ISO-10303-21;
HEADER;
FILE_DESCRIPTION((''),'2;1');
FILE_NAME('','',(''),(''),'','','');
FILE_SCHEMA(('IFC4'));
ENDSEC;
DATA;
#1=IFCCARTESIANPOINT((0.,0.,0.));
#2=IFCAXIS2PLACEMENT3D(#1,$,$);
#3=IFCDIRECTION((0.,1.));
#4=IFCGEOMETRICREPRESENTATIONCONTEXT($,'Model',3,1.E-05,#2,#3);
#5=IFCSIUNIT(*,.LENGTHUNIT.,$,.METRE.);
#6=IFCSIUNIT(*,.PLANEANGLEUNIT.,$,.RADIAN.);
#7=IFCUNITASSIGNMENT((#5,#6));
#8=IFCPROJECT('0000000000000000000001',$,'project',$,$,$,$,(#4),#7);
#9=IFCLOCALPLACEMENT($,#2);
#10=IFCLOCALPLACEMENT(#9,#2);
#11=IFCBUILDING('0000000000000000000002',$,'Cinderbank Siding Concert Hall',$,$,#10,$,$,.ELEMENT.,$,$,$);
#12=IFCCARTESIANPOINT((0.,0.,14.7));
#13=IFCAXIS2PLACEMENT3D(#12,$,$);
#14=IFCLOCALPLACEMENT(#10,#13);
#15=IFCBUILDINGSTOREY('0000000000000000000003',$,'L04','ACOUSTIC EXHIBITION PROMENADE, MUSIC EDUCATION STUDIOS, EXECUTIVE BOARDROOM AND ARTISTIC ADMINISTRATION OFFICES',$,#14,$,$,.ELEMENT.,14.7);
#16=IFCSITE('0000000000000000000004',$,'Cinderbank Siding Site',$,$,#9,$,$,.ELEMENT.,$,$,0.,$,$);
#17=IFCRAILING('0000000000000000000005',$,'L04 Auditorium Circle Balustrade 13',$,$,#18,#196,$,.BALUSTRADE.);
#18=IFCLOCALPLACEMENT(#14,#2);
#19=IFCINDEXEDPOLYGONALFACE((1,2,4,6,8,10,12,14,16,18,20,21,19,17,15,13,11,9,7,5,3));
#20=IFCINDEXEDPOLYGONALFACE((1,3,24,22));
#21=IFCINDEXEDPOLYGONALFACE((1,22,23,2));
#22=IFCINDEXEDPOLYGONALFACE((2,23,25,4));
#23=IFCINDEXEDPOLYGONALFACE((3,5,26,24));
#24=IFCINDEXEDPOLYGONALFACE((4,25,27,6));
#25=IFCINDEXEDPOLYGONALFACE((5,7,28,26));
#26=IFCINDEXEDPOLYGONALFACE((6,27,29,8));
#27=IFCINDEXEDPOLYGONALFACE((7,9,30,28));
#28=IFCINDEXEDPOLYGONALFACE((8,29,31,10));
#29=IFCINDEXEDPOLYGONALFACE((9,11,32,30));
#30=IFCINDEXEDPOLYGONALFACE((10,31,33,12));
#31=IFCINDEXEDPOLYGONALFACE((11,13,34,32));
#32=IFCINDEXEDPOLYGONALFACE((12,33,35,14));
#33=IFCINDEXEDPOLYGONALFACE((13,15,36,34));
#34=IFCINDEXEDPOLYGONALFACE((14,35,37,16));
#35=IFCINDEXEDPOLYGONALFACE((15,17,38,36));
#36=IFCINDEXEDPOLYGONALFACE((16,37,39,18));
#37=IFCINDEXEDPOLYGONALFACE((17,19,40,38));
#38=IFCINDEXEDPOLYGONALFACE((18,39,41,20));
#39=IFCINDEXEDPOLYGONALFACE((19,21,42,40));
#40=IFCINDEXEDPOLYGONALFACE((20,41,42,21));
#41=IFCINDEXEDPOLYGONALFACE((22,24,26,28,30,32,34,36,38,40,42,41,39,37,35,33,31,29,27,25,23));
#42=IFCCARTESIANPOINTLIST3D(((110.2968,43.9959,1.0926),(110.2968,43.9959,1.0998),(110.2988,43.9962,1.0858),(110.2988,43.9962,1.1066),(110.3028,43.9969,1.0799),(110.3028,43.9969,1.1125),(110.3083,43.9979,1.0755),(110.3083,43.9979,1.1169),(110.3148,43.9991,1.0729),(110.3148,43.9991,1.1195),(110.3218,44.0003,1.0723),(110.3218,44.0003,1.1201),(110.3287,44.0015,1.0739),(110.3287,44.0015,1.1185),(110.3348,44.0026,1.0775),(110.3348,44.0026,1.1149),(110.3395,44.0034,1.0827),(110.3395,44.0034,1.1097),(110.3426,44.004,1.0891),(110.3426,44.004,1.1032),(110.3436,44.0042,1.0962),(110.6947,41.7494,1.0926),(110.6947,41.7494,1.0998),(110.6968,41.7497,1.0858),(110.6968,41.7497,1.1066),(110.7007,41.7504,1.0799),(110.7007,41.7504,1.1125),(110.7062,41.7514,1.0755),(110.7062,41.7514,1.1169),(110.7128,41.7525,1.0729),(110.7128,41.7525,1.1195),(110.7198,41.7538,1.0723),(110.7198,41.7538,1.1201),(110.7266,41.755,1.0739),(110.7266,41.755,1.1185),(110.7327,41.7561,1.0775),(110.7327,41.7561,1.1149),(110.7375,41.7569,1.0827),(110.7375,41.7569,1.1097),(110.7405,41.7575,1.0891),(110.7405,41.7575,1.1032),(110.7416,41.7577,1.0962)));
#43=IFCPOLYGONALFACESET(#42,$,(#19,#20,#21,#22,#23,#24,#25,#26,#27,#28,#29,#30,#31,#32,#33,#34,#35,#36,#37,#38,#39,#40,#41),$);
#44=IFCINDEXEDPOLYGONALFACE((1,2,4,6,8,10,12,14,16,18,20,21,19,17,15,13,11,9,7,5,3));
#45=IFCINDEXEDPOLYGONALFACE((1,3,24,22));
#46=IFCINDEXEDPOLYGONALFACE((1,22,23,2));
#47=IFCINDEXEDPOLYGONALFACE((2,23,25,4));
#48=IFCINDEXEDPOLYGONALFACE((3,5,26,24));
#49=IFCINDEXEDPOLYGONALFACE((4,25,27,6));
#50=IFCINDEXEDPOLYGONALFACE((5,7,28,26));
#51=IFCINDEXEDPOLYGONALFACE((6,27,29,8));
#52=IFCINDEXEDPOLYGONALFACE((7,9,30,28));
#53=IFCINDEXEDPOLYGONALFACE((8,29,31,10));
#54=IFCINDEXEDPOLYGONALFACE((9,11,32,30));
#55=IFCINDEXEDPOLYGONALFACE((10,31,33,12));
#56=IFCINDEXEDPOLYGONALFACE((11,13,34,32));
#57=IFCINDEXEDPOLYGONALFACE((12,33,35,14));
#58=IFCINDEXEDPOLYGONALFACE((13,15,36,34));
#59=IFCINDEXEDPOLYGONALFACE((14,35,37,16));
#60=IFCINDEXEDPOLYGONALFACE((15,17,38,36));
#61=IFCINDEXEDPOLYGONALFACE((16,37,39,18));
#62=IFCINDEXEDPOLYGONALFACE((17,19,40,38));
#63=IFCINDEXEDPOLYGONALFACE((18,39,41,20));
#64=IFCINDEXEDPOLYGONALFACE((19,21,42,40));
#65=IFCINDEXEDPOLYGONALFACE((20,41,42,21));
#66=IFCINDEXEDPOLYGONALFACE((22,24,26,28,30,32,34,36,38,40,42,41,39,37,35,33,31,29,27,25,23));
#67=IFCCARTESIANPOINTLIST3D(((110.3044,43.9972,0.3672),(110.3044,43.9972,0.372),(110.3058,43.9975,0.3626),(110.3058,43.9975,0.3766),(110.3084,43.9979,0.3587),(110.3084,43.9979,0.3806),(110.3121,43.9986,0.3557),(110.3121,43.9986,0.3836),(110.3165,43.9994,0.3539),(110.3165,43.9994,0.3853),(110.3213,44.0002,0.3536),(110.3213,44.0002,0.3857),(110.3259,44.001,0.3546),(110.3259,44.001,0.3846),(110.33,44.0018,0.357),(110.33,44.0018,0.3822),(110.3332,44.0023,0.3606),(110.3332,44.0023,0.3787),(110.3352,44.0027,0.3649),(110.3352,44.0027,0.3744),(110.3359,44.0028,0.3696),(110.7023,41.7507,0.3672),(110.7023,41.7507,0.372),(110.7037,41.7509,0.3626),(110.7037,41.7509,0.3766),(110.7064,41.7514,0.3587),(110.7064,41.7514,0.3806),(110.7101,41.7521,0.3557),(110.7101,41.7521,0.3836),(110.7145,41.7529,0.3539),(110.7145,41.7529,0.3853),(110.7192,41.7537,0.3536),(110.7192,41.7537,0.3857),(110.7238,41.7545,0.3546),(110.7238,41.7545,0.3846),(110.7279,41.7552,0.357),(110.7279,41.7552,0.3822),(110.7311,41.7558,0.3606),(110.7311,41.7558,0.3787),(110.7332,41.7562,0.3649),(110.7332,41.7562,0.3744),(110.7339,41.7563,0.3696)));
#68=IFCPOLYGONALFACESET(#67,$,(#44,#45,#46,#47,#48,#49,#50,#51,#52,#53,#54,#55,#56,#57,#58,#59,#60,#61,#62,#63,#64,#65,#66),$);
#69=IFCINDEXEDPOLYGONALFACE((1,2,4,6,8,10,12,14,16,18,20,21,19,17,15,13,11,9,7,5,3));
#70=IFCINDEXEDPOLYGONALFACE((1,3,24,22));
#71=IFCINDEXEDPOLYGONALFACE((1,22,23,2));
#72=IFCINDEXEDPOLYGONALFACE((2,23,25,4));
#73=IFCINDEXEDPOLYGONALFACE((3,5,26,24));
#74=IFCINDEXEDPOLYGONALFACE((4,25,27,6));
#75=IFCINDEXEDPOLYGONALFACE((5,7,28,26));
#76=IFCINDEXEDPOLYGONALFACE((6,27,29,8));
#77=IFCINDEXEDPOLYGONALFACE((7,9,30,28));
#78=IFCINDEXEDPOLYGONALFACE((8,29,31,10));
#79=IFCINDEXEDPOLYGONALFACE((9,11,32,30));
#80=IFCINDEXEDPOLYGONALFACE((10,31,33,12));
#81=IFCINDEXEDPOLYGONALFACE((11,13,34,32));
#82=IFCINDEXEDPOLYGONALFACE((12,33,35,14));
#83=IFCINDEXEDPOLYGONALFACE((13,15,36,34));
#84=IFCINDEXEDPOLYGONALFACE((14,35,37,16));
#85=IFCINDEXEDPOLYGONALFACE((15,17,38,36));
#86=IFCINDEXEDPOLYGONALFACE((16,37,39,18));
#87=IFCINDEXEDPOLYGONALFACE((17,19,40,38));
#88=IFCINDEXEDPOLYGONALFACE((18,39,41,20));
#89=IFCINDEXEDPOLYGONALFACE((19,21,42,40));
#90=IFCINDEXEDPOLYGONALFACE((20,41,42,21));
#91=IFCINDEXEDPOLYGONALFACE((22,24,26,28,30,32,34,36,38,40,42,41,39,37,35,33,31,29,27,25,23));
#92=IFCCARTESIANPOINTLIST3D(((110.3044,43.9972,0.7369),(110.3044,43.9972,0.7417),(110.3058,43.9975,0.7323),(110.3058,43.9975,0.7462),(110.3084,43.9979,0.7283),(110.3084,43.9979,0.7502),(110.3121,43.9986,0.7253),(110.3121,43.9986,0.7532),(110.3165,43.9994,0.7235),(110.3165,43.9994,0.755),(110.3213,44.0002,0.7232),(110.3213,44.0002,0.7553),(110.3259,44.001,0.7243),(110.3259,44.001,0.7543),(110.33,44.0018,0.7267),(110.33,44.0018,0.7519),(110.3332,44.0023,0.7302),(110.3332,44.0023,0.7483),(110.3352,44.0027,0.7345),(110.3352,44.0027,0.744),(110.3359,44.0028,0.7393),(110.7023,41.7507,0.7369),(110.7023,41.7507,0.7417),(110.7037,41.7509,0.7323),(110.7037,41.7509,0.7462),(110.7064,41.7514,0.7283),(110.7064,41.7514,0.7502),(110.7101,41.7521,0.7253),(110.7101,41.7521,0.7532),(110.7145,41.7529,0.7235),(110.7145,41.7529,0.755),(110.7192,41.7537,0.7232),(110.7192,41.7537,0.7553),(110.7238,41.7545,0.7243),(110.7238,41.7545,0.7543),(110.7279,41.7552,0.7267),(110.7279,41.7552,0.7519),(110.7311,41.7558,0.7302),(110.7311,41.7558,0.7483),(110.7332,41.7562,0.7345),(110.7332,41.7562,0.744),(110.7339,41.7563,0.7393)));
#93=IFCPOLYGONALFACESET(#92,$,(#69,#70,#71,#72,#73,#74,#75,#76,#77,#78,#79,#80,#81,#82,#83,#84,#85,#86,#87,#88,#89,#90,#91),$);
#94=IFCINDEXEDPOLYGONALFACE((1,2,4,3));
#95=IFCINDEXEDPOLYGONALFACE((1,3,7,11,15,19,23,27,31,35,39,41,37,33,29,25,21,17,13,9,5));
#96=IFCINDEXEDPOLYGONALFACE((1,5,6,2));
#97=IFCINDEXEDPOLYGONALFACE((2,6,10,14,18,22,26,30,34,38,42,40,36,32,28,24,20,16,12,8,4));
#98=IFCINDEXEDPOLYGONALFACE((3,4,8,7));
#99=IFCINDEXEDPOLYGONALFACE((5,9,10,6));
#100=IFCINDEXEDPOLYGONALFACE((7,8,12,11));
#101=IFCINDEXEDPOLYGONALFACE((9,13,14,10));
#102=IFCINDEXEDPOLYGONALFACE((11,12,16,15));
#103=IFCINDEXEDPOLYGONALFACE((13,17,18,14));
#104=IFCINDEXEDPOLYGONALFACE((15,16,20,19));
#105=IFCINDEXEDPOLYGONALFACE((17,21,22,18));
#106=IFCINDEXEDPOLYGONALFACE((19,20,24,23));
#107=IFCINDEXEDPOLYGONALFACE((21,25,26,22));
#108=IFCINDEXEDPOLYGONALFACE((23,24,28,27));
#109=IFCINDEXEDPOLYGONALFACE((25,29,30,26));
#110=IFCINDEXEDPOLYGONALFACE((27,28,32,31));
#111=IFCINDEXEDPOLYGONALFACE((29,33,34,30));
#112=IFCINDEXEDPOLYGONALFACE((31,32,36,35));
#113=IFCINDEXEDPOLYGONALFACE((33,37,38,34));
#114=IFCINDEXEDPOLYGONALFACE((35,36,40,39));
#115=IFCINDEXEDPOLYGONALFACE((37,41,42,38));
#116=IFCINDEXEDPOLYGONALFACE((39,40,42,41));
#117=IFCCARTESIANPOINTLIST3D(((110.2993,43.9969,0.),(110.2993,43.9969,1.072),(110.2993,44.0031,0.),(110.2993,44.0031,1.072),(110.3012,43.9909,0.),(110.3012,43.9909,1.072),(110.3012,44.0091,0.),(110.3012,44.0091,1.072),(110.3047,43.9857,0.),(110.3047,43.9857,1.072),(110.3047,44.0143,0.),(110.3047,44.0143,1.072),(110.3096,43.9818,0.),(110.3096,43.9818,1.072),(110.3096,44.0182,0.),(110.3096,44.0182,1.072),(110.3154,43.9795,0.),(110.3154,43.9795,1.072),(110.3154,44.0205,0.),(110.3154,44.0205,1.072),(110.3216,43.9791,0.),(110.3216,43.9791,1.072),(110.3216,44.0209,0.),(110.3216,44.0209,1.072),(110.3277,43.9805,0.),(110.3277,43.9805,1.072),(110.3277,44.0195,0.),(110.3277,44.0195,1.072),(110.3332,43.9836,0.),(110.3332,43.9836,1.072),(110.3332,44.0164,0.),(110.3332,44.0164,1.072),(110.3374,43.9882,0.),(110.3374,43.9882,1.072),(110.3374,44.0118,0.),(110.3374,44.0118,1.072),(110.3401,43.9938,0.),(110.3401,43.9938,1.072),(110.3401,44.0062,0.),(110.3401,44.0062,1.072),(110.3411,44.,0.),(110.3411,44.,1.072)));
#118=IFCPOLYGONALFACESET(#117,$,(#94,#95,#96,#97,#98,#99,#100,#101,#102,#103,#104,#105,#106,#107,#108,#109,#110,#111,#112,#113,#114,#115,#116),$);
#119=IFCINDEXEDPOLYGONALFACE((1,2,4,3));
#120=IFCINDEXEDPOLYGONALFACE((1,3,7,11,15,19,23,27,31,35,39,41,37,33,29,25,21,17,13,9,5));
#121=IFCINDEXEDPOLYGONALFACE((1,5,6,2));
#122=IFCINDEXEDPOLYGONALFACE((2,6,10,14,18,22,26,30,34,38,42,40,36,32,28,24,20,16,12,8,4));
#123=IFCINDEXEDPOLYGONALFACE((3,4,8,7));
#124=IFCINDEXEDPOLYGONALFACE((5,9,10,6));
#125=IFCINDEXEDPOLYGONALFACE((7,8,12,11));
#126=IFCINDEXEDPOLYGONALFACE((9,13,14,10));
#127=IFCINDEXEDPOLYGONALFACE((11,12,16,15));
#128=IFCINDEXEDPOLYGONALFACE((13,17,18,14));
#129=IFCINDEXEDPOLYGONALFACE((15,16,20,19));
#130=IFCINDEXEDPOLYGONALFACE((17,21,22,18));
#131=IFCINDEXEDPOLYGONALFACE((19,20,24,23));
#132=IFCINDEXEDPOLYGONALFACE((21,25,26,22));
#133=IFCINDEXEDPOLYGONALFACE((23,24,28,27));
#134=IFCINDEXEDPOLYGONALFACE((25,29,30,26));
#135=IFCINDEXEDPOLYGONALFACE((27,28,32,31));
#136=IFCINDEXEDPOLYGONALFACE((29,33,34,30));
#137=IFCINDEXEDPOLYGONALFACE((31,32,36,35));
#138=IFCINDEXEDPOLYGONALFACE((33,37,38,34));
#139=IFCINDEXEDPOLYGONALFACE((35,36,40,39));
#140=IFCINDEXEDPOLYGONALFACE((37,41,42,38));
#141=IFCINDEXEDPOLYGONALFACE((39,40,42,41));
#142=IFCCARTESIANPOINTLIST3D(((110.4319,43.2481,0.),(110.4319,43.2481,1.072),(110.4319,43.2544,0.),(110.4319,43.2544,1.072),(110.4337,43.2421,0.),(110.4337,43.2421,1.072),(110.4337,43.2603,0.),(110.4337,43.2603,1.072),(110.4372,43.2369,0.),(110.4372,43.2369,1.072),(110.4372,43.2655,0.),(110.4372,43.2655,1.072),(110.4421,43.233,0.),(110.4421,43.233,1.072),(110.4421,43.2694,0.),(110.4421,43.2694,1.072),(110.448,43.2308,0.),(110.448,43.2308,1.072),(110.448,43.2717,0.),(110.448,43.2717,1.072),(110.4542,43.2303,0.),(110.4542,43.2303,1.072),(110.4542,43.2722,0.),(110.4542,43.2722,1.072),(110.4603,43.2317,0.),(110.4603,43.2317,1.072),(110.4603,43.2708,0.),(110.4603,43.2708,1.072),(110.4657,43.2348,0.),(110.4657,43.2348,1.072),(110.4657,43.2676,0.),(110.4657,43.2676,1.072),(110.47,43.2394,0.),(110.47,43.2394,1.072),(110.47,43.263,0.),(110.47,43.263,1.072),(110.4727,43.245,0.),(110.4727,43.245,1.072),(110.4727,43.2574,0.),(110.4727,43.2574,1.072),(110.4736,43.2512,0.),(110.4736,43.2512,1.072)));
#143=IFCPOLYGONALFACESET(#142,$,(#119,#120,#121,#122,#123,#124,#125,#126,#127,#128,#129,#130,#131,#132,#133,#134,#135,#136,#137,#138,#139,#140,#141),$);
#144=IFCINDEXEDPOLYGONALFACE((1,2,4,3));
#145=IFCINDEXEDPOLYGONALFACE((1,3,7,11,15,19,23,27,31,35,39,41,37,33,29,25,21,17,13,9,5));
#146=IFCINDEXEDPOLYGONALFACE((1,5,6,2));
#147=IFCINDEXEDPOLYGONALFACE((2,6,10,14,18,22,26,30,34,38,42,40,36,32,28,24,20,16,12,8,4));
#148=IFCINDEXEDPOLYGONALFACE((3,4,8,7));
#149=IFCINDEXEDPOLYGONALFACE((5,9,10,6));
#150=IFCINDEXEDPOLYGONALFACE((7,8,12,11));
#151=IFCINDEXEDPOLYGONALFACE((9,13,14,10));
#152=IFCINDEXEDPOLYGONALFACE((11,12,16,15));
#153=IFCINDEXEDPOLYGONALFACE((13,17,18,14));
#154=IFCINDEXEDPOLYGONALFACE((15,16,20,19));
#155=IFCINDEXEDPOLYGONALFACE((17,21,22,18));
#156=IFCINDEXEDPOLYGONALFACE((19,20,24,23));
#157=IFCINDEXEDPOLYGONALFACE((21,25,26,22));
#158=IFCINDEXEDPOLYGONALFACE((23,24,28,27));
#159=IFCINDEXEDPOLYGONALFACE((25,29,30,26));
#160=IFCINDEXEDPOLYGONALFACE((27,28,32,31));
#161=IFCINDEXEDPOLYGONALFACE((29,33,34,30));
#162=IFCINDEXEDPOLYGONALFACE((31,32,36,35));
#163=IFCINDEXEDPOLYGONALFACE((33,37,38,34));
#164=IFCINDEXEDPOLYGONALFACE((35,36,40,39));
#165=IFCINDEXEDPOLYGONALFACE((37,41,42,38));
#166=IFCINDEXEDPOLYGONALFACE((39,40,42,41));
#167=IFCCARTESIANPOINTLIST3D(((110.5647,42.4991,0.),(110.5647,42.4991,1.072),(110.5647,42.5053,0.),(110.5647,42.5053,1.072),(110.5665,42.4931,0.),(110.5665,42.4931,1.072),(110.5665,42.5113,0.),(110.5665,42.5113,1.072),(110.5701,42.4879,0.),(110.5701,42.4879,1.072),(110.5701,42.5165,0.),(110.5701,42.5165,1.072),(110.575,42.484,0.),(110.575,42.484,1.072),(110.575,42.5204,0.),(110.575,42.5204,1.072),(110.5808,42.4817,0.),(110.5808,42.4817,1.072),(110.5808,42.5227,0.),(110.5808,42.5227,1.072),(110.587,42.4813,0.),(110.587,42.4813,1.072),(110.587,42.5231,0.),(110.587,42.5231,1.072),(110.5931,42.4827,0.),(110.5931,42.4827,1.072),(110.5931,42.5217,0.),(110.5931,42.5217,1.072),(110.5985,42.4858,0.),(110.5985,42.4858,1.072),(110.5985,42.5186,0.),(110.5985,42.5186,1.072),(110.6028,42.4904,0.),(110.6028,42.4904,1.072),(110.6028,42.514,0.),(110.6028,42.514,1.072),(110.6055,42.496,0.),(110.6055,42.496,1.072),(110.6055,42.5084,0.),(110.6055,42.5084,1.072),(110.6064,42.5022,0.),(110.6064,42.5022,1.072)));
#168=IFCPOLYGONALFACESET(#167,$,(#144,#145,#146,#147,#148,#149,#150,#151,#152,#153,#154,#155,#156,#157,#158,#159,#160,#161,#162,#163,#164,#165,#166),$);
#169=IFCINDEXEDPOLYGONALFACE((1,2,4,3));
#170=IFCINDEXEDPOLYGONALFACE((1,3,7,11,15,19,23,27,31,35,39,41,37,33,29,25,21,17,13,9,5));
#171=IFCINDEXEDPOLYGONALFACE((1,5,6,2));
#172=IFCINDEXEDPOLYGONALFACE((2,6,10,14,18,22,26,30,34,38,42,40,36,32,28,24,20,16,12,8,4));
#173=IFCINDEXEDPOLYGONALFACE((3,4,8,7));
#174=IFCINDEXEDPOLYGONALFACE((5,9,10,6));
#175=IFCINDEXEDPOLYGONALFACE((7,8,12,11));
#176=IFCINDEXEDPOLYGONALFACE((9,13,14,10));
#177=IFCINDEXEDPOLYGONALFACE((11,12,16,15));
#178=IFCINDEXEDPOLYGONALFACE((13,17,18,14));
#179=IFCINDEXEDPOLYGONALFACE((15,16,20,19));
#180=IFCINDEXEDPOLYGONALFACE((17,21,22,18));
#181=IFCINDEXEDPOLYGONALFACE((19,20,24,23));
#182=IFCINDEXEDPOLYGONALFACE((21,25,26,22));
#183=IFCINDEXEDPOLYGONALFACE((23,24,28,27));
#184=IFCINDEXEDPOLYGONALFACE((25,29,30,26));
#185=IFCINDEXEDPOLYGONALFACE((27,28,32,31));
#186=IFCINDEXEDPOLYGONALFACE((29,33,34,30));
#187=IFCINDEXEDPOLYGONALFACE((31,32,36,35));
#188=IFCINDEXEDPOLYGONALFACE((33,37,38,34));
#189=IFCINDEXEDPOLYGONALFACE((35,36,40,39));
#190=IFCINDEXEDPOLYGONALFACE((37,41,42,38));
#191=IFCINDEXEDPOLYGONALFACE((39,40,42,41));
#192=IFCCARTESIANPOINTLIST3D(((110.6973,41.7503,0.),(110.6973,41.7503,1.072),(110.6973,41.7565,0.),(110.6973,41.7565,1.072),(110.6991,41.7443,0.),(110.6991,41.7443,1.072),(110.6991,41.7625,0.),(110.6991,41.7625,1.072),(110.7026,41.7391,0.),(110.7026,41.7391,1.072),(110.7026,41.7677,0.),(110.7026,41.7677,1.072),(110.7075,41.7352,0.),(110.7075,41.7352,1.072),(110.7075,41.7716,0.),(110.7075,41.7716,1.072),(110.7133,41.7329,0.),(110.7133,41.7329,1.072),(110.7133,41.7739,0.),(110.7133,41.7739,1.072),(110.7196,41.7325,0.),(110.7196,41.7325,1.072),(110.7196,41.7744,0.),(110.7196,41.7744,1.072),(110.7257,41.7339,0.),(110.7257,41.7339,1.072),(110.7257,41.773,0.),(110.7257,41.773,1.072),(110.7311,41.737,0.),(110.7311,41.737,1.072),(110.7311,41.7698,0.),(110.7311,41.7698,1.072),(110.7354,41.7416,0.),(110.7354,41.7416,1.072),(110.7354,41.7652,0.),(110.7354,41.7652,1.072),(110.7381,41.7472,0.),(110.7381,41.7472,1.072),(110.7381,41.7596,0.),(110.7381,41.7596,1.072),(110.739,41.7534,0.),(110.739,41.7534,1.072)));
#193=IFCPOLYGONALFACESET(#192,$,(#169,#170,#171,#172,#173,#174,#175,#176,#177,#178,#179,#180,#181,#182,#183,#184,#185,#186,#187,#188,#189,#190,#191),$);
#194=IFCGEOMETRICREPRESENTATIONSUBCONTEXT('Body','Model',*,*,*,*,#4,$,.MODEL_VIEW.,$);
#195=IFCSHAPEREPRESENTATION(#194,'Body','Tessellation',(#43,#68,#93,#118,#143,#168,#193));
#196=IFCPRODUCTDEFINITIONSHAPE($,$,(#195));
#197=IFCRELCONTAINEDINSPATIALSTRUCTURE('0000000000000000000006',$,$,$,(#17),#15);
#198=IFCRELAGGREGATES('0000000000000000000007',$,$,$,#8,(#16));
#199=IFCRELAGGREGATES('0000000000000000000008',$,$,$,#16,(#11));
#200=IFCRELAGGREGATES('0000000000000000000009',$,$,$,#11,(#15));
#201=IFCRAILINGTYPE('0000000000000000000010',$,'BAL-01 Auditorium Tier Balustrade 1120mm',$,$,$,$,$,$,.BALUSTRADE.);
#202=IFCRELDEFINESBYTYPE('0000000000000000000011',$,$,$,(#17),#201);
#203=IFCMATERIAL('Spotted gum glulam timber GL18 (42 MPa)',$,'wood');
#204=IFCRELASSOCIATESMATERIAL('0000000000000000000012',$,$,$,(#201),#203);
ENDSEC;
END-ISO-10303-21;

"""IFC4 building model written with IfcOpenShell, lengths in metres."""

from ifc_helpers import new_model, si_unit, direction, frame, origin, origin_2d, place, context, subcontext, project, spatial, circle, extrude, material, type_object, element, save


model = new_model("IFC4")

# Units and contexts
model_context = context("Model", 3, precision=1e-05, world=origin(), true_north=direction((0.0, 1.0)))
body_context = subcontext(model_context, "Body", "Model", "MODEL_VIEW")
ifc_project = project(units=[si_unit("LENGTHUNIT", "METRE"), si_unit("PLANEANGLEUNIT", "RADIAN")], contexts=[model_context])

# Site, building, storey
site_placement = place(None, origin())
site = spatial("IfcSite", under=ifc_project, at=site_placement, Name="Cinderbank Siding Site", CompositionType="ELEMENT", RefElevation=0.0)
building_placement = place(site_placement, origin())
building = spatial("IfcBuilding", under=site, at=building_placement, Name="Cinderbank Siding Concert Hall", CompositionType="ELEMENT")
storey_placement = place(building_placement, frame((0.0, 0.0, 14.7)))
storey = spatial("IfcBuildingStorey", under=building, at=storey_placement, Name="L04", Description="ACOUSTIC EXHIBITION PROMENADE, MUSIC EDUCATION STUDIOS, EXECUTIVE BOARDROOM AND ARTISTIC ADMINISTRATION OFFICES", CompositionType="ELEMENT", Elevation=14.7)

# Shared definitions
ifc_material_1 = material(Name="Spotted gum glulam timber GL18 (42 MPa)", Category="wood")

# Railing
railing_type = type_object("IfcRailingType", Name="BAL-01 Auditorium Tier Balustrade 1120mm", PredefinedType="BALUSTRADE", material=ifc_material_1)
railing_1_placement = place(storey_placement, frame((110.3201, 44.0, 0.0)))
element("IfcRailing", 1, at=railing_1_placement, inside=storey, type_object=railing_type, Name="L04 Auditorium Circle Balustrade 13", PredefinedType="BALUSTRADE", context=body_context, shape_type="SweptSolid", body=[
    extrude(circle(Radius=0.0239, at=origin_2d()), frame((0.0, 0.0, 1.0962), z_axis=(0.17442, -0.984671, 0.0), x_axis=(0.984671, 0.17442, 0.0)), (0.0, 0.0, 1.0), 2.2815),
    extrude(circle(Radius=0.0161, at=origin_2d()), frame((0.0, 0.0, 0.3696), z_axis=(0.17442, -0.984671, 0.0), x_axis=(0.984671, 0.17442, 0.0)), (0.0, 0.0, 1.0), 2.2815),
    extrude(circle(Radius=0.0161, at=origin_2d()), frame((0.0, 0.0, 0.7393), z_axis=(0.17442, -0.984671, 0.0), x_axis=(0.984671, 0.17442, 0.0)), (0.0, 0.0, 1.0), 2.2815),
    extrude(circle(Radius=0.021, at=origin_2d()), origin(), (0.0, 0.0, 1.0), 1.072),
    extrude(circle(Radius=0.021, at=origin_2d()), frame((0.1326, -0.7488, 0.0)), (0.0, 0.0, 1.0), 1.072),
    extrude(circle(Radius=0.021, at=origin_2d()), frame((0.2654, -1.4978, 0.0)), (0.0, 0.0, 1.0), 1.072),
    extrude(circle(Radius=0.021, at=origin_2d()), frame((0.3979, -2.2466, 0.0)), (0.0, 0.0, 1.0), 1.072),
])

save(model, "model.ifc")
